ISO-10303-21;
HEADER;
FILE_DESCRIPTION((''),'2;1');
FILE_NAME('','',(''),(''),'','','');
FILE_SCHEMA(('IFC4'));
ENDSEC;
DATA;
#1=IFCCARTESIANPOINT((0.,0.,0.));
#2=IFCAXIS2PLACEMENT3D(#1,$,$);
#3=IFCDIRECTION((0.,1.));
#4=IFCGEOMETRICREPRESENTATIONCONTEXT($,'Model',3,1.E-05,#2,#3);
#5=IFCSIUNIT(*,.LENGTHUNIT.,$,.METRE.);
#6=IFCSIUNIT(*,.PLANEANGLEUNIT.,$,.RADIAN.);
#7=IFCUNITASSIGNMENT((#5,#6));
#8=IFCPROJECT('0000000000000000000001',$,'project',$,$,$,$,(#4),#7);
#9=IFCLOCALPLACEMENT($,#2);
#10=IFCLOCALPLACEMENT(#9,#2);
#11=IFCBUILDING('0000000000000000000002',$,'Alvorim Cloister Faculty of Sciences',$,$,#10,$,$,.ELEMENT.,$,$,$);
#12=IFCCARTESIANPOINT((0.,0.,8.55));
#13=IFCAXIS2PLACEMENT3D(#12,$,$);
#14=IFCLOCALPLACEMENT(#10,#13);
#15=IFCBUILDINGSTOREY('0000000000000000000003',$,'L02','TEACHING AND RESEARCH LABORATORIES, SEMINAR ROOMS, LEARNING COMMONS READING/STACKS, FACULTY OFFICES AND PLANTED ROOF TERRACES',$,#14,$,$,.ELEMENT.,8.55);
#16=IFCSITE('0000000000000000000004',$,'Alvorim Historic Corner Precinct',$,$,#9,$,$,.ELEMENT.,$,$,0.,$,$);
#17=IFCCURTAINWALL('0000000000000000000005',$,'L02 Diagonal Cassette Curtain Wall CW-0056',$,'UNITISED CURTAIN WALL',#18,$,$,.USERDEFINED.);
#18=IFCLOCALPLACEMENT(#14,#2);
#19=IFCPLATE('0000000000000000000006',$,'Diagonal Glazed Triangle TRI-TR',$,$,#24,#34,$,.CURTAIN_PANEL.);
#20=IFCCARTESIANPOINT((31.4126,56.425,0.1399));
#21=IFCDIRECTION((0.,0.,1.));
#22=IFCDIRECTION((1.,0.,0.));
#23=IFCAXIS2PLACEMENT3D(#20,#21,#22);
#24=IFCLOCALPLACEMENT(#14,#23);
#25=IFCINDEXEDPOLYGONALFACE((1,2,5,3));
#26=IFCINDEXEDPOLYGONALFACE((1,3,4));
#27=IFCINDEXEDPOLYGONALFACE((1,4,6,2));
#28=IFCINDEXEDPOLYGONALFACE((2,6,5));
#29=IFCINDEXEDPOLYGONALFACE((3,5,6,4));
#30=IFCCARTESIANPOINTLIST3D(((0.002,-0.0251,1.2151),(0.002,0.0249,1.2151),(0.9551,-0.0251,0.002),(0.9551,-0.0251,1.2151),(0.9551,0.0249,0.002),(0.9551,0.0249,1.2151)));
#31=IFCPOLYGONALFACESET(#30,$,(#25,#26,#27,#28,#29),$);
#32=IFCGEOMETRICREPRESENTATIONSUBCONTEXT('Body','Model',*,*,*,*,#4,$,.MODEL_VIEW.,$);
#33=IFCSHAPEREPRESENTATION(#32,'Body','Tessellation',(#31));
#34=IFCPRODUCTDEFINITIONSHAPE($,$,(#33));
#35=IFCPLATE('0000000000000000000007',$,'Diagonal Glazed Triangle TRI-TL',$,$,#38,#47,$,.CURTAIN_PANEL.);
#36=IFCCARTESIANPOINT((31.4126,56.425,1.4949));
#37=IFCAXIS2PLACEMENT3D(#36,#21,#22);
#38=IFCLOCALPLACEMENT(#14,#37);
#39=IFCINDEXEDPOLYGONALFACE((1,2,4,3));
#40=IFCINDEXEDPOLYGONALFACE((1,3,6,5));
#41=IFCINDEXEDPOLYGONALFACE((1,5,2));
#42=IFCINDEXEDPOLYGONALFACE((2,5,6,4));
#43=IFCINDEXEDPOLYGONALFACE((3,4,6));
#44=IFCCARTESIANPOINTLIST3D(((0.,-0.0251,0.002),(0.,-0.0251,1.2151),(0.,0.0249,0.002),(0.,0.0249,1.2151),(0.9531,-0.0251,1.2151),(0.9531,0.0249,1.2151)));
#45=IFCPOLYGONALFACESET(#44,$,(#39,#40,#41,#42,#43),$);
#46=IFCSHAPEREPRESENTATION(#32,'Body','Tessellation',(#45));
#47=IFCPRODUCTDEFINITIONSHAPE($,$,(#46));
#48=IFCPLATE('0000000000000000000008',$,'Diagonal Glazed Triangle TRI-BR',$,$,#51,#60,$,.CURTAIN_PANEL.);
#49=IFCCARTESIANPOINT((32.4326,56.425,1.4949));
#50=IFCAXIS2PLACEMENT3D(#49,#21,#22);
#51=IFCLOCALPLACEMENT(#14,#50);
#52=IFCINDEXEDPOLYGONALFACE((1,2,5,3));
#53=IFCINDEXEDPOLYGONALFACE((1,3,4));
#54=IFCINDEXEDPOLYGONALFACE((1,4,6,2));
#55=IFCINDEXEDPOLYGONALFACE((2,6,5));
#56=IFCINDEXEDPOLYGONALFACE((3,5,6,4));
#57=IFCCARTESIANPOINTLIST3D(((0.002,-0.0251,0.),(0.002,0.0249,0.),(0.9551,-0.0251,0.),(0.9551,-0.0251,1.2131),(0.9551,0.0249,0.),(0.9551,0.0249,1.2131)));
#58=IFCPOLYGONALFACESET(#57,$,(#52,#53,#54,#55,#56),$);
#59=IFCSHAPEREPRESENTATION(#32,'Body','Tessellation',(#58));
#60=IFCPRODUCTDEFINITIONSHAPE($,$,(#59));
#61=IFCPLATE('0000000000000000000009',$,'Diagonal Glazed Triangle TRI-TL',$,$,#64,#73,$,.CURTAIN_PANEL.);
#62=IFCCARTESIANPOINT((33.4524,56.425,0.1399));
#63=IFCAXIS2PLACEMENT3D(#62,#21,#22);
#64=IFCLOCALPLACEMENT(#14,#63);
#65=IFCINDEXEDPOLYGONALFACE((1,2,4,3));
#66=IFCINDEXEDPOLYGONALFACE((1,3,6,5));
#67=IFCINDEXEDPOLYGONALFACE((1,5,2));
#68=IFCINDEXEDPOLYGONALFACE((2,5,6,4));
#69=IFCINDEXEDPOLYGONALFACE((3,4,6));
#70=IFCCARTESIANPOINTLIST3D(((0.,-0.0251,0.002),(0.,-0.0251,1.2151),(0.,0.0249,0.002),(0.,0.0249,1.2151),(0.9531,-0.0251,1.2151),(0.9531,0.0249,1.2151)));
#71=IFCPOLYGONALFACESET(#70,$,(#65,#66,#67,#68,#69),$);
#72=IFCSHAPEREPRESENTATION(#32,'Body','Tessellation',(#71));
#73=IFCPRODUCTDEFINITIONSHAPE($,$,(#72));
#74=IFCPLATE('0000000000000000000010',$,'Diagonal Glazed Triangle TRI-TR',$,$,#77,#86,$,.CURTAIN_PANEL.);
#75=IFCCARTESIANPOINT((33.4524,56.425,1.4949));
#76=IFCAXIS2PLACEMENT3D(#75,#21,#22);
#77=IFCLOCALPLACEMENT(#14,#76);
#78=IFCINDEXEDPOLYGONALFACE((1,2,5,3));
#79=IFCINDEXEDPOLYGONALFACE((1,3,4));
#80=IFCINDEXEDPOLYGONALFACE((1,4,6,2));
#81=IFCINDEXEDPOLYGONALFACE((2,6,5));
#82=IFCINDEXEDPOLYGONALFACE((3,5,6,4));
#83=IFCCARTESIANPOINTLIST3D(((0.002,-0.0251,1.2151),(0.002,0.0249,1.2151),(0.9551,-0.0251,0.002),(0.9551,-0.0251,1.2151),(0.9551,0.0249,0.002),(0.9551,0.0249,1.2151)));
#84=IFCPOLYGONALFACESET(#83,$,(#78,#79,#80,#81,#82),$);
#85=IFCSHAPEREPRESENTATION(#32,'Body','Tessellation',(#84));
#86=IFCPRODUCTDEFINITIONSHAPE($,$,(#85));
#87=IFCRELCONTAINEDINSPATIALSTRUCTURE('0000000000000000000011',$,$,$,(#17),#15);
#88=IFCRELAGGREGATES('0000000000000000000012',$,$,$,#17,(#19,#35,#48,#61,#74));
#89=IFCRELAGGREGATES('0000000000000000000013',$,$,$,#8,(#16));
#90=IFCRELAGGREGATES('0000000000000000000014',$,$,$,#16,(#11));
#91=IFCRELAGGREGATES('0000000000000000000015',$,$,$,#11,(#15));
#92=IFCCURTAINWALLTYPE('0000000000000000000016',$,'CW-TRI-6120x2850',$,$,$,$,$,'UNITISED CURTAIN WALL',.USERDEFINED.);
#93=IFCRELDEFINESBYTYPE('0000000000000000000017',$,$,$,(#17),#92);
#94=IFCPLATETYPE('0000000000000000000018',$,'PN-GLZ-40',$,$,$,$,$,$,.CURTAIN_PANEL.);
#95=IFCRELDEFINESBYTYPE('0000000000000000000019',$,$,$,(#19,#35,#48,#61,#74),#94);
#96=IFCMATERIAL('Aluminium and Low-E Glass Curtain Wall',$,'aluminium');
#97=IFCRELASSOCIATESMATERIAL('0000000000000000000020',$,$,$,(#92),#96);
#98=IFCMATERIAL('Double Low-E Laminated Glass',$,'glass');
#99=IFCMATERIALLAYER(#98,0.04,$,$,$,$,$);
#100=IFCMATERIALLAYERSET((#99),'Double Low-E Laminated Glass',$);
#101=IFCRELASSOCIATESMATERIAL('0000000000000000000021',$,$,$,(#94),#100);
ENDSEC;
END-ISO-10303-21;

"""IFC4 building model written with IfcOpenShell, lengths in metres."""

from ifc_helpers import new_model, si_unit, direction, frame, origin, place, context, subcontext, project, spatial, polyline, outline, extrude, material, layer, layer_set, type_object, element, aggregate, save


model = new_model("IFC4")

# Units and contexts
model_context = context("Model", 3, precision=1e-05, world=origin(), true_north=direction((0.0, 1.0)))
body_context = subcontext(model_context, "Body", "Model", "MODEL_VIEW")
ifc_project = project(units=[si_unit("LENGTHUNIT", "METRE"), si_unit("PLANEANGLEUNIT", "RADIAN")], contexts=[model_context])

# Site, building, storey
site_placement = place(None, origin())
site = spatial("IfcSite", under=ifc_project, at=site_placement, Name="Alvorim Historic Corner Precinct", CompositionType="ELEMENT", RefElevation=0.0)
building_placement = place(site_placement, origin())
building = spatial("IfcBuilding", under=site, at=building_placement, Name="Alvorim Cloister Faculty of Sciences", CompositionType="ELEMENT")
storey_placement = place(building_placement, frame((0.0, 0.0, 8.55)))
storey = spatial("IfcBuildingStorey", under=building, at=storey_placement, Name="L02", Description="TEACHING AND RESEARCH LABORATORIES, SEMINAR ROOMS, LEARNING COMMONS READING/STACKS, FACULTY OFFICES AND PLANTED ROOF TERRACES", CompositionType="ELEMENT", Elevation=8.55)

# Curtain wall, plates
ifc_material_1 = material(Name="Aluminium and Low-E Glass Curtain Wall", Category="aluminium")
curtain_wall_type = type_object("IfcCurtainWallType", Name="CW-TRI-6120x2850", ElementType="UNITISED CURTAIN WALL", PredefinedType="USERDEFINED", material=ifc_material_1)
curtain_wall_placement = place(storey_placement, origin())
curtain_wall = element("IfcCurtainWall", 1, at=curtain_wall_placement, inside=storey, type_object=curtain_wall_type, Name="L02 Diagonal Cassette Curtain Wall CW-0056", ObjectType="UNITISED CURTAIN WALL", PredefinedType="USERDEFINED")
ifc_material_2 = material(Name="Double Low-E Laminated Glass", Category="glass")
ifc_layer = layer(ifc_material_2, 0.04)
ifc_layer_set = layer_set([ifc_layer], Name="Double Low-E Laminated Glass")
plate_type = type_object("IfcPlateType", Name="PN-GLZ-40", PredefinedType="CURTAIN_PANEL", material=ifc_layer_set)
plate_1_placement = place(storey_placement, frame((31.4126, 56.425, 0.1399), z_axis=(0.0, 0.0, 1.0), x_axis=(1.0, 0.0, 0.0)))
plate_1 = element("IfcPlate", 2, at=plate_1_placement, type_object=plate_type, Name="Diagonal Glazed Triangle TRI-TR", PredefinedType="CURTAIN_PANEL", context=body_context, shape_type="SweptSolid", body=[
    extrude(outline(polyline([(0.9551, 0.002), (0.9551, 1.2151), (0.002, 1.2151), (0.9551, 0.002)])), frame((0.0, 0.0249, 0.0), z_axis=(0.0, -1.0, 0.0), x_axis=(1.0, 0.0, 0.0)), (0.0, 0.0, 1.0), 0.05),
])
plate_2_placement = place(storey_placement, frame((31.4126, 56.425, 1.4949), z_axis=(0.0, 0.0, 1.0), x_axis=(1.0, 0.0, 0.0)))
plate_2 = element("IfcPlate", 3, at=plate_2_placement, type_object=plate_type, Name="Diagonal Glazed Triangle TRI-TL", PredefinedType="CURTAIN_PANEL", context=body_context, shape_type="SweptSolid", body=[
    extrude(outline(polyline([(0.9531, 1.2151), (0.0, 1.2151), (0.0, 0.002), (0.9531, 1.2151)])), frame((0.0, 0.0249, 0.0), z_axis=(0.0, -1.0, 0.0), x_axis=(1.0, 0.0, 0.0)), (0.0, 0.0, 1.0), 0.05),
])
plate_3_placement = place(storey_placement, frame((32.4326, 56.425, 1.4949), z_axis=(0.0, 0.0, 1.0), x_axis=(1.0, 0.0, 0.0)))
plate_3 = element("IfcPlate", 4, at=plate_3_placement, type_object=plate_type, Name="Diagonal Glazed Triangle TRI-BR", PredefinedType="CURTAIN_PANEL", context=body_context, shape_type="SweptSolid", body=[
    extrude(outline(polyline([(0.002, 0.0), (0.9551, 0.0), (0.9551, 1.2131), (0.002, 0.0)])), frame((0.0, 0.0249, 0.0), z_axis=(0.0, -1.0, 0.0), x_axis=(1.0, 0.0, 0.0)), (0.0, 0.0, 1.0), 0.05),
])
plate_4_placement = place(storey_placement, frame((33.4524, 56.425, 0.1399), z_axis=(0.0, 0.0, 1.0), x_axis=(1.0, 0.0, 0.0)))
plate_4 = element("IfcPlate", 5, at=plate_4_placement, type_object=plate_type, Name="Diagonal Glazed Triangle TRI-TL", PredefinedType="CURTAIN_PANEL", context=body_context, shape_type="SweptSolid", body=[
    extrude(outline(polyline([(0.9531, 1.2151), (0.0, 1.2151), (0.0, 0.002), (0.9531, 1.2151)])), frame((0.0, 0.0249, 0.0), z_axis=(0.0, -1.0, 0.0), x_axis=(1.0, 0.0, 0.0)), (0.0, 0.0, 1.0), 0.05),
])
plate_5_placement = place(storey_placement, frame((33.4524, 56.425, 1.4949), z_axis=(0.0, 0.0, 1.0), x_axis=(1.0, 0.0, 0.0)))
plate_5 = element("IfcPlate", 6, at=plate_5_placement, type_object=plate_type, Name="Diagonal Glazed Triangle TRI-TR", PredefinedType="CURTAIN_PANEL", context=body_context, shape_type="SweptSolid", body=[
    extrude(outline(polyline([(0.9551, 0.002), (0.9551, 1.2151), (0.002, 1.2151), (0.9551, 0.002)])), frame((0.0, 0.0249, 0.0), z_axis=(0.0, -1.0, 0.0), x_axis=(1.0, 0.0, 0.0)), (0.0, 0.0, 1.0), 0.05),
])
aggregate(curtain_wall, [plate_1, plate_2, plate_3, plate_4, plate_5])

save(model, "model.ifc")
